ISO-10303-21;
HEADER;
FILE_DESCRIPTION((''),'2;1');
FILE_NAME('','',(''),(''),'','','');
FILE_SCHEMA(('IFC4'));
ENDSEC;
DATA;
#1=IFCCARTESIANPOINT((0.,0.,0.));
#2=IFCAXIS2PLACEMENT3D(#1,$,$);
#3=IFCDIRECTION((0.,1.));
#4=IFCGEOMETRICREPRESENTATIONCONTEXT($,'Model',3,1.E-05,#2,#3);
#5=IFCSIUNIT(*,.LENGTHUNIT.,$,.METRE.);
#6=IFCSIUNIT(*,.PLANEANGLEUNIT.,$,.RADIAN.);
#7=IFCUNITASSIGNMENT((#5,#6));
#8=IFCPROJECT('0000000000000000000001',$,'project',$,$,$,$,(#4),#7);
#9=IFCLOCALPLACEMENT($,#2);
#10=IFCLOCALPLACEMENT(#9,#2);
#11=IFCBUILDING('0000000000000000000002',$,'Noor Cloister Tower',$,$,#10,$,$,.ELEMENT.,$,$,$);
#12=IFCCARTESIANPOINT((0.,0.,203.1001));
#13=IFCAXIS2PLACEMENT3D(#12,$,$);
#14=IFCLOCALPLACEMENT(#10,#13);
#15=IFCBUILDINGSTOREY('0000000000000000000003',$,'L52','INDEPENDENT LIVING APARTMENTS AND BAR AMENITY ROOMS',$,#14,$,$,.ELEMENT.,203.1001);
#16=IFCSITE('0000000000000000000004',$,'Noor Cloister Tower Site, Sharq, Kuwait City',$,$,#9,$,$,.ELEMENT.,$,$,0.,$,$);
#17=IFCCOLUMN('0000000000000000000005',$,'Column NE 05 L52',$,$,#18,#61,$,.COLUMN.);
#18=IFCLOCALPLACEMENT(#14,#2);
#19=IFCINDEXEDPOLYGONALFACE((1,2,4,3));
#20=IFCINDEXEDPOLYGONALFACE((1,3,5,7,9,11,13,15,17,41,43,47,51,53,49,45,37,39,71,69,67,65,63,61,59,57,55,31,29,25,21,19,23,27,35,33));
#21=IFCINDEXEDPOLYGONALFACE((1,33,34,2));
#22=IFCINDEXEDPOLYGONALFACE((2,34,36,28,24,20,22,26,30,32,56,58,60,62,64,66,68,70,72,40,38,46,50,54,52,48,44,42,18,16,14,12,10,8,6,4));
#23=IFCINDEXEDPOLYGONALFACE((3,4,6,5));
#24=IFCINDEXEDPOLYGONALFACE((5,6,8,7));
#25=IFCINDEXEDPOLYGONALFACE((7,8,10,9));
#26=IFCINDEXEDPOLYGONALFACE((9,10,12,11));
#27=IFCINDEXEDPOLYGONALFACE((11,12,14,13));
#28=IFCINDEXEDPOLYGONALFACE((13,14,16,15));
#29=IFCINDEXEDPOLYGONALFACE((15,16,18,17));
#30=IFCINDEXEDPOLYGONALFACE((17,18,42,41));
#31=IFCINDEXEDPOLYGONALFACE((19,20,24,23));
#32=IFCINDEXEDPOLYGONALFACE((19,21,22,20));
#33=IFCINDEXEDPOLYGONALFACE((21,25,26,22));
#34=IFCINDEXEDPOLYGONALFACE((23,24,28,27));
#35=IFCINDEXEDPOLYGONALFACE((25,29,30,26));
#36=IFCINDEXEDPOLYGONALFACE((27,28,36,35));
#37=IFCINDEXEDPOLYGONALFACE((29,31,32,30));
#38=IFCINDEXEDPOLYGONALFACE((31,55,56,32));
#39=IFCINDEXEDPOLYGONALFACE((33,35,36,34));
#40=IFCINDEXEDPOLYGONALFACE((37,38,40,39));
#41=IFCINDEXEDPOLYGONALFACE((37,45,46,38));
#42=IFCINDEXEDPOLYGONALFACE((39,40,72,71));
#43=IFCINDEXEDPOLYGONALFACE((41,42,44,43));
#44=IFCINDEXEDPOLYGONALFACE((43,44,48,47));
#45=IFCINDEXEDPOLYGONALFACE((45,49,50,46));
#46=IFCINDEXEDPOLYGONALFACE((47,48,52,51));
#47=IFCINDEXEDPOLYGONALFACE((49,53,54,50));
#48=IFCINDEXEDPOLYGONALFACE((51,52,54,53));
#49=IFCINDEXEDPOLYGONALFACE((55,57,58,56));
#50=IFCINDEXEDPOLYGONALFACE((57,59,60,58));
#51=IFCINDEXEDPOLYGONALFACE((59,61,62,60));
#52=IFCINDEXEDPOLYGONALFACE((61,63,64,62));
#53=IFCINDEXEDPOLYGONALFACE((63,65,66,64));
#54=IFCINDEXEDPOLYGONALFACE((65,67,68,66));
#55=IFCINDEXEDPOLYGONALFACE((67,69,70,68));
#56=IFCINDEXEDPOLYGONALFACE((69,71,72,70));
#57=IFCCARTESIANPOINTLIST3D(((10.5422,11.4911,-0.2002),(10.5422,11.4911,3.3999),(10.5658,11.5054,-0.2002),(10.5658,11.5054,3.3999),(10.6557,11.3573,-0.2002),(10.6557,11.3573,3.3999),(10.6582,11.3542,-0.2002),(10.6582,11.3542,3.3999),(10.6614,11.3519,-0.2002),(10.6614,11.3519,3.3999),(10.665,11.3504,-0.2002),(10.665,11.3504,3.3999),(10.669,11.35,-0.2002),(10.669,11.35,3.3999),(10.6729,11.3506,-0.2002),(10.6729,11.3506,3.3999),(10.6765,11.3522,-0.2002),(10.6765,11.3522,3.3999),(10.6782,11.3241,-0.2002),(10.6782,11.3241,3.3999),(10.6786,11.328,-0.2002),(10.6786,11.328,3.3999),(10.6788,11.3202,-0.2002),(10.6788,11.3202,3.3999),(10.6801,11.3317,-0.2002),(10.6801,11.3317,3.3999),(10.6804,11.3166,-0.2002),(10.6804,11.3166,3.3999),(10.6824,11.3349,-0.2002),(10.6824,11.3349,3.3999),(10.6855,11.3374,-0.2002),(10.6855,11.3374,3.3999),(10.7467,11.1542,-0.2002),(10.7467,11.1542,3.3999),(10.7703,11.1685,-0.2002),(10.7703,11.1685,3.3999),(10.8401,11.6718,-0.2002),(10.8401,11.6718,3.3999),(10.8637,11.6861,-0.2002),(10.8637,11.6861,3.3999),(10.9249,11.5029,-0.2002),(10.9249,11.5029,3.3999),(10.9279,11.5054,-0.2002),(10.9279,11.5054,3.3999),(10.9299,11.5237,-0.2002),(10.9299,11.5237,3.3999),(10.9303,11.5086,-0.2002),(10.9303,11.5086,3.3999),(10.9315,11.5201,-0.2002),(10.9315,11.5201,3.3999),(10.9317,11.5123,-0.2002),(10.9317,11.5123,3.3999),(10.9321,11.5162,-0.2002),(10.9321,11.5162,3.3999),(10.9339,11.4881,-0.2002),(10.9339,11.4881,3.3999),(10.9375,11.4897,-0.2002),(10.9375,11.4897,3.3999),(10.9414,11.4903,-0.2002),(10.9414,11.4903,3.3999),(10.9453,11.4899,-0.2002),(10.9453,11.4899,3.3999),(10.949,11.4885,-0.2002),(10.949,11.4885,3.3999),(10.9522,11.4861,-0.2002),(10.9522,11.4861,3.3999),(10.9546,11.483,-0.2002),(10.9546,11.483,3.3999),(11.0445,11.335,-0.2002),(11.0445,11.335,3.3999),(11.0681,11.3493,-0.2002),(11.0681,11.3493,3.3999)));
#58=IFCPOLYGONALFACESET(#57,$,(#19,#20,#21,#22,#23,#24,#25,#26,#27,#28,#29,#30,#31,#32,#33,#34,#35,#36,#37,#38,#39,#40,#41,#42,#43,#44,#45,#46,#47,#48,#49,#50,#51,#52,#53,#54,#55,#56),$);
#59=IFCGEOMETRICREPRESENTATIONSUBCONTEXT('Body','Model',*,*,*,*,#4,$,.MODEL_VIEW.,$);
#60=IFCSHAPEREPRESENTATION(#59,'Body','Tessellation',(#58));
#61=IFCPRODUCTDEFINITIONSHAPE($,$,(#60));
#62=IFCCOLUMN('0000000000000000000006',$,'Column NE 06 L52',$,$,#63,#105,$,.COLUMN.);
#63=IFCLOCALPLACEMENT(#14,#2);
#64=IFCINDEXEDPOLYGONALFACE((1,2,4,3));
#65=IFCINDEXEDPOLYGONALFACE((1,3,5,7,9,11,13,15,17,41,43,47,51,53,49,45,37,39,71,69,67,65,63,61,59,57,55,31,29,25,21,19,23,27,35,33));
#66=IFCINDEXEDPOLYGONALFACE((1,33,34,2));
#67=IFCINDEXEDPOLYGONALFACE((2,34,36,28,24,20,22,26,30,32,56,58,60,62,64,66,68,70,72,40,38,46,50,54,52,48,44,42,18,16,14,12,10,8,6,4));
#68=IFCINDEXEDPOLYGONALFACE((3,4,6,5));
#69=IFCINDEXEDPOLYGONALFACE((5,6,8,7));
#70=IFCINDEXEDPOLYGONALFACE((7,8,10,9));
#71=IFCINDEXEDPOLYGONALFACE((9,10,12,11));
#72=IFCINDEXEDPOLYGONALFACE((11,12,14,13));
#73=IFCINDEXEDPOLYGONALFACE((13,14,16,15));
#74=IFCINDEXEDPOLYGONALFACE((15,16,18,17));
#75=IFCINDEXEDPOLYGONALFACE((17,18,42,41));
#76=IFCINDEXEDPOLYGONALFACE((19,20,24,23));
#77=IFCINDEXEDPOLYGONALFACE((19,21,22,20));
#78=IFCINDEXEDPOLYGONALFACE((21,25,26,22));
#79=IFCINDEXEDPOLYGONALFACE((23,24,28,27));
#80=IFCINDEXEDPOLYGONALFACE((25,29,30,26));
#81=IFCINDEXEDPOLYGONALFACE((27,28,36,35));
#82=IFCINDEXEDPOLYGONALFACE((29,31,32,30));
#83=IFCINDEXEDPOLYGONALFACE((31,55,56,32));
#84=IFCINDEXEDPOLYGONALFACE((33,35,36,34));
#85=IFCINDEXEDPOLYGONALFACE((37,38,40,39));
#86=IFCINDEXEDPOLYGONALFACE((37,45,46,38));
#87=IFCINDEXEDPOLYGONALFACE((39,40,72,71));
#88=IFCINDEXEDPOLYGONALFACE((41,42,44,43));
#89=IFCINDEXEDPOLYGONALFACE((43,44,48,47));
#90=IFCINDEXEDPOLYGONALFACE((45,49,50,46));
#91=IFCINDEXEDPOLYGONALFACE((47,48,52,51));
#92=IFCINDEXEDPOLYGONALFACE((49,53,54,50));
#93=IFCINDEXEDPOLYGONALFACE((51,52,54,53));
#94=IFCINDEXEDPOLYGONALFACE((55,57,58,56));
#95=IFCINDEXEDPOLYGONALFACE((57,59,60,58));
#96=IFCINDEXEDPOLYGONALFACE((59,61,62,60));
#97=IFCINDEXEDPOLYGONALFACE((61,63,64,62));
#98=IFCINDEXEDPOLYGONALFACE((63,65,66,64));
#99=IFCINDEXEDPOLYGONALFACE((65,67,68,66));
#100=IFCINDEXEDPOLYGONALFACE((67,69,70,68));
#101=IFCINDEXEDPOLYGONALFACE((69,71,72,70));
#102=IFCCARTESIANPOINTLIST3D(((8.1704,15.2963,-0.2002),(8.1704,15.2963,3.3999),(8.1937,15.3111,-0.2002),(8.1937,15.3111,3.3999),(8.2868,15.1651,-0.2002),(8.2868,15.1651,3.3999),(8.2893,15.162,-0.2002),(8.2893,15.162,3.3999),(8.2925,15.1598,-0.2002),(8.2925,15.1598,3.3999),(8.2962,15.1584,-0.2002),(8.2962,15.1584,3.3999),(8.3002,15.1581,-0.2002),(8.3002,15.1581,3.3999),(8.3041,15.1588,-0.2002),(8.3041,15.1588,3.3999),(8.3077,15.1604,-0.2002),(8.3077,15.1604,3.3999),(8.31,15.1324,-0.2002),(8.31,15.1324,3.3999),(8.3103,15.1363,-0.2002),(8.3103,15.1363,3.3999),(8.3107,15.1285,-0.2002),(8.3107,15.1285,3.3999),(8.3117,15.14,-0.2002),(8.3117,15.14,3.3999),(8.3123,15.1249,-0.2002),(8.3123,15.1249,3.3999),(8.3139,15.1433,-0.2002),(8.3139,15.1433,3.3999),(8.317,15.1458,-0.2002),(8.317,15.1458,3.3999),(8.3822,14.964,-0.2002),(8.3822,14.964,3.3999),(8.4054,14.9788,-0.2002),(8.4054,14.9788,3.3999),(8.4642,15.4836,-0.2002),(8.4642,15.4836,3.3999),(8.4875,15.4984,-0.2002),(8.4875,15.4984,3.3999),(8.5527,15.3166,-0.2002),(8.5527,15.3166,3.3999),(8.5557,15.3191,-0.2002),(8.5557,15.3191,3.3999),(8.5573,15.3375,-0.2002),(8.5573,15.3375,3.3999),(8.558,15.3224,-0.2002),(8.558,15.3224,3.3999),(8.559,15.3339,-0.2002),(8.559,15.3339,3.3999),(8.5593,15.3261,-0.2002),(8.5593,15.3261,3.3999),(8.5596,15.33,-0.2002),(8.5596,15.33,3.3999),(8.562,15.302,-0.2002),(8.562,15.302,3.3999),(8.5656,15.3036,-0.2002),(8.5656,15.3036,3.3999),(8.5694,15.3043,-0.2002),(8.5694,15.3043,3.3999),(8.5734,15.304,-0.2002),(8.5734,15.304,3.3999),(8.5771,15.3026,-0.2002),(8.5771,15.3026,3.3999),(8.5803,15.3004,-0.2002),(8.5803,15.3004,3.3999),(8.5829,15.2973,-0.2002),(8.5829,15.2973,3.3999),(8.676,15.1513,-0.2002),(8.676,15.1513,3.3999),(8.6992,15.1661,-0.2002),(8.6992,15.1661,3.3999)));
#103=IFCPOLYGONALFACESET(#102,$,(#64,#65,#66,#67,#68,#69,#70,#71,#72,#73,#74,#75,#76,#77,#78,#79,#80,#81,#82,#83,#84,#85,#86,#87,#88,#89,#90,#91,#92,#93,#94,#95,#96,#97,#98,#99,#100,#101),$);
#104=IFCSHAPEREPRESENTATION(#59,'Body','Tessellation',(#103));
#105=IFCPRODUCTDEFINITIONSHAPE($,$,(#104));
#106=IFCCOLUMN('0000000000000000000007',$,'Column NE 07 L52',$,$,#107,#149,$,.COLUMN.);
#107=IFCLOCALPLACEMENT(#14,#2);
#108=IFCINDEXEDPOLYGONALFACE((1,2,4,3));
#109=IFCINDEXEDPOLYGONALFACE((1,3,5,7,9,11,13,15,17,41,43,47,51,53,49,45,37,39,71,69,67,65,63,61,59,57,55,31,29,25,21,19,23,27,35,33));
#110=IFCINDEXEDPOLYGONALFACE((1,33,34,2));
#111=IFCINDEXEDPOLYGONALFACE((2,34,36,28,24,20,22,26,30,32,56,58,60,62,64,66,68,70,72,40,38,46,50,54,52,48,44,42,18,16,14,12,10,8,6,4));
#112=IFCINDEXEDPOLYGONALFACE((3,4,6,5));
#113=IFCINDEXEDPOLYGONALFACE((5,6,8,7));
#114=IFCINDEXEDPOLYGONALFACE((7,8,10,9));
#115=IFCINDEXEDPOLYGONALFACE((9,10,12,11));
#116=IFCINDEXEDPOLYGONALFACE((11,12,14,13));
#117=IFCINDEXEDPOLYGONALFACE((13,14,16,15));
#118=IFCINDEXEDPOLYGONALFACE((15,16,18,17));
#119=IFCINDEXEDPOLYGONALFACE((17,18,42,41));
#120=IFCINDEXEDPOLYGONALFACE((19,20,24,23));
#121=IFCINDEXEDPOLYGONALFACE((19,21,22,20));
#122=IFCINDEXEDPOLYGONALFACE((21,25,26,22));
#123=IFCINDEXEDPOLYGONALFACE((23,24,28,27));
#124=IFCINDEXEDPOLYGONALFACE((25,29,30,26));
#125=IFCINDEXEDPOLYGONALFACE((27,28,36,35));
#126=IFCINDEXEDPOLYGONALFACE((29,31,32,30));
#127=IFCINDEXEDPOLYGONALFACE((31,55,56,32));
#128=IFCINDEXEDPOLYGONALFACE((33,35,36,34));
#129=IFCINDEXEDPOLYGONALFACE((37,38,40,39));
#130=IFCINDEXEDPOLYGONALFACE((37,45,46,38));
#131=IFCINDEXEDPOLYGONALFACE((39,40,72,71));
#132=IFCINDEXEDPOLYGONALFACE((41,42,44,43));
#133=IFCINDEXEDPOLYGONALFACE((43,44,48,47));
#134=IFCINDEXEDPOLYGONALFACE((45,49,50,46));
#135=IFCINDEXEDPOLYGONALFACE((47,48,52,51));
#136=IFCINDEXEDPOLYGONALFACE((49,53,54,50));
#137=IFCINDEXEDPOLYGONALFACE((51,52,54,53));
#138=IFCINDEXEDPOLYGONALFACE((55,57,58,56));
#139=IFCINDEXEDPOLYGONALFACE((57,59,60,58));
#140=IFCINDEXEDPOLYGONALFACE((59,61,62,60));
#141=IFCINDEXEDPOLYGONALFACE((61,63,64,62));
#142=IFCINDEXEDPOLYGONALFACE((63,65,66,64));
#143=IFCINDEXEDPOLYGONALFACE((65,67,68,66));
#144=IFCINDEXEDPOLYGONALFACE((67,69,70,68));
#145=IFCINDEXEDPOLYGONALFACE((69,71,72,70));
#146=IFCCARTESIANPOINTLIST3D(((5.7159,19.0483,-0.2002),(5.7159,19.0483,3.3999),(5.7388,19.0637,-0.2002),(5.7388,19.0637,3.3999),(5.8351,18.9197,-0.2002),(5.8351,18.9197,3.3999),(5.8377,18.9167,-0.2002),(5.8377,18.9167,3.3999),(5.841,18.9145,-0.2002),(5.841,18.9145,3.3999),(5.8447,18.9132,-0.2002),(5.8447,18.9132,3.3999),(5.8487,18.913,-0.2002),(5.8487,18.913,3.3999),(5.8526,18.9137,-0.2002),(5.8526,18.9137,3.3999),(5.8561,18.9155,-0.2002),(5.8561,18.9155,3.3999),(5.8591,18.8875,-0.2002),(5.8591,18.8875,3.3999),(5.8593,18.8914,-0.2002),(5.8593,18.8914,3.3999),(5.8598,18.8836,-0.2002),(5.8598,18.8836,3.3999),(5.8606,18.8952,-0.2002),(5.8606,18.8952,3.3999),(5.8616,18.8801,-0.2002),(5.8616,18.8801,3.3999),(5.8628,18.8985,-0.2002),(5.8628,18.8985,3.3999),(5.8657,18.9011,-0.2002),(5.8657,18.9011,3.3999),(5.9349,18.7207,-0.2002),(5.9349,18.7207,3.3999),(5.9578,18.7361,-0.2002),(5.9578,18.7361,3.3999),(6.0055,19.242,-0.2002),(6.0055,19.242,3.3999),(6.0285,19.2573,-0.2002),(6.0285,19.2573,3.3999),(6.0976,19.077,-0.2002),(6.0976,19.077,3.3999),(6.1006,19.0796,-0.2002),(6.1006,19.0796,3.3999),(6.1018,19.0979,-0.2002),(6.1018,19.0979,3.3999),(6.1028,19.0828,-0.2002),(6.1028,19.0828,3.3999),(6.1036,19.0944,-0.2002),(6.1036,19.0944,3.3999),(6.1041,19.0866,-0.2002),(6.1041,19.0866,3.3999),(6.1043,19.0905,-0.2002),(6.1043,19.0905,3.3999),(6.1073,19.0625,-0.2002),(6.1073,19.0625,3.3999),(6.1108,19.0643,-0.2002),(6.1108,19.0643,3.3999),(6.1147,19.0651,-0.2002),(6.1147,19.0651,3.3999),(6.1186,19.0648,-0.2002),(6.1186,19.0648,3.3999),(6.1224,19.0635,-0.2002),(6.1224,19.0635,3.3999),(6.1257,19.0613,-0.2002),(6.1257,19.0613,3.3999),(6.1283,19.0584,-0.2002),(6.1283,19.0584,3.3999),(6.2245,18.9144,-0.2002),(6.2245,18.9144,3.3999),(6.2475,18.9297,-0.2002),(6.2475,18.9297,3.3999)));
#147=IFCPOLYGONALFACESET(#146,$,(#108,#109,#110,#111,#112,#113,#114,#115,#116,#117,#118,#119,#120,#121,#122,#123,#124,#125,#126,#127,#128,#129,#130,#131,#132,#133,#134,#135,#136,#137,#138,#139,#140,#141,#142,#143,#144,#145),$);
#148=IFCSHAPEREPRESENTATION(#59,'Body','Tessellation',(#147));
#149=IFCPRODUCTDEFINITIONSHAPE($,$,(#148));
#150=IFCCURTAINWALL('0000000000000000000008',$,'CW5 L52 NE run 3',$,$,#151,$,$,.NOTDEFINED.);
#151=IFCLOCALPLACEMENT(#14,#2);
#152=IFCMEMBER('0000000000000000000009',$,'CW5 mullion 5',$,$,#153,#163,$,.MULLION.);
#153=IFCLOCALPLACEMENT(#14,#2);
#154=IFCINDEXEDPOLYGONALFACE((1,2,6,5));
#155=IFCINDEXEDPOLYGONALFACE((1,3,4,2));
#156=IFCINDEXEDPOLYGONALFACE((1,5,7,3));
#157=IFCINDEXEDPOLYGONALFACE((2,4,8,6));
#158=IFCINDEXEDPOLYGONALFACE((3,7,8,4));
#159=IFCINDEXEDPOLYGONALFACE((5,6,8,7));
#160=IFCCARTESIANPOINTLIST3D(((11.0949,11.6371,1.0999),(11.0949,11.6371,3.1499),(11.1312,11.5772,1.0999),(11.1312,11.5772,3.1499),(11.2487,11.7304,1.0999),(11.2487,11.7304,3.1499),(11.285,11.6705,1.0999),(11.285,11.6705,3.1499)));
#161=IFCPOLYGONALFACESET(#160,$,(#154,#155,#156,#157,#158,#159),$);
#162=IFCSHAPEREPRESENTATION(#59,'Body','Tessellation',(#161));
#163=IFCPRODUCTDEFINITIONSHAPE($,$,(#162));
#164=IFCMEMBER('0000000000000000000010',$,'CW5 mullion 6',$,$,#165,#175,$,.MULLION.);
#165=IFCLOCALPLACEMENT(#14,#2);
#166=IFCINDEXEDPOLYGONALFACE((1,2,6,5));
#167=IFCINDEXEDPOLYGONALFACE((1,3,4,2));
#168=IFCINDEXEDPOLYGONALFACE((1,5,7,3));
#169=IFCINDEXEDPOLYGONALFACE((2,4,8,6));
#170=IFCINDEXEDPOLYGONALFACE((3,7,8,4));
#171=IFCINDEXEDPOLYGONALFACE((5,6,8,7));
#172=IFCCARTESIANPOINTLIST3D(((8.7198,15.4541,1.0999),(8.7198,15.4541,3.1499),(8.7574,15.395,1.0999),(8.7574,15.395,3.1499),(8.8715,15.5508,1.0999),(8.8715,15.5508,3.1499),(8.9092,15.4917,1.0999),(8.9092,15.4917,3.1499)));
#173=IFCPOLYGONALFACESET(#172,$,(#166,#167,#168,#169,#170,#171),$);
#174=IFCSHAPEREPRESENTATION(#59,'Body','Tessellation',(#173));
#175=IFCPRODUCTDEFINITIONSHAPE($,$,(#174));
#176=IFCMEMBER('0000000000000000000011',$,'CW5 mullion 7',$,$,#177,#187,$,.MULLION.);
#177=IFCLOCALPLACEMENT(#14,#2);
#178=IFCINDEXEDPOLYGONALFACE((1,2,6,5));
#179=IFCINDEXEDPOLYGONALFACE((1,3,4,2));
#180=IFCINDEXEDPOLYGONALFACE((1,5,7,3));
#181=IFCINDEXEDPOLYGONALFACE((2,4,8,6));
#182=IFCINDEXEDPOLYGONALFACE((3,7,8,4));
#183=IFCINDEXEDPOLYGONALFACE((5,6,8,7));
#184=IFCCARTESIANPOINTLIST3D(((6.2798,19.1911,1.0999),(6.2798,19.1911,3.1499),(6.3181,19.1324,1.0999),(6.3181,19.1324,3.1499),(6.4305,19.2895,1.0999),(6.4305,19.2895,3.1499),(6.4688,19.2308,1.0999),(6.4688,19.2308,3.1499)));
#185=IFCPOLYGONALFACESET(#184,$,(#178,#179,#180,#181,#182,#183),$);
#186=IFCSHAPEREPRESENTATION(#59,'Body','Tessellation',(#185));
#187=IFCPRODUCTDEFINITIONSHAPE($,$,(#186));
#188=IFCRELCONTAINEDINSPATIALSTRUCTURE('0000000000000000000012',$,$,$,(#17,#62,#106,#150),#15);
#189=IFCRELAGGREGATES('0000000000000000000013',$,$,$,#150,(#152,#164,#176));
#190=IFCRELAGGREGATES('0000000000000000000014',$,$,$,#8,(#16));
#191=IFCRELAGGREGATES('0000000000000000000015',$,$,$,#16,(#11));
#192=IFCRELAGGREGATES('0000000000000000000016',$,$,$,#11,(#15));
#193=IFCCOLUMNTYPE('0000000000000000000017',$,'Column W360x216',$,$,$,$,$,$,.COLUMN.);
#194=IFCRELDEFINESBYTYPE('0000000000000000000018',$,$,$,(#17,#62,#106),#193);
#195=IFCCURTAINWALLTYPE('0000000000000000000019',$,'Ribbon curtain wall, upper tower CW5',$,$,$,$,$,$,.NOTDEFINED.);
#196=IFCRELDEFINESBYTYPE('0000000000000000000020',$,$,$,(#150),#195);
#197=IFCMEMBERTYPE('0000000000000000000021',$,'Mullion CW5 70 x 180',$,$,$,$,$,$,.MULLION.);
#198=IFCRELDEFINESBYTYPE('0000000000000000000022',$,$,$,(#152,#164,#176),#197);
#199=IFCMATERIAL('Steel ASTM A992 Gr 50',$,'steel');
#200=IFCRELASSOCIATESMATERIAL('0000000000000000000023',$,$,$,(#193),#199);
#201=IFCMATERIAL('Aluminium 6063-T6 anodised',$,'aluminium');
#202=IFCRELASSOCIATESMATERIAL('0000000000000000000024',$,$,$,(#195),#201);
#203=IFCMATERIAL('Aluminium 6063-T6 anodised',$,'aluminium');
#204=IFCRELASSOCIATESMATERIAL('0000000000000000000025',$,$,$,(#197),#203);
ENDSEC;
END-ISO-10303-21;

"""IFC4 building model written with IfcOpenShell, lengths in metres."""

from ifc_helpers import new_model, si_unit, direction, frame, origin, origin_2d, place, context, subcontext, project, spatial, rectangle, i_section, extrude, material, material_profile, profile_set, type_object, element, aggregate, save


model = new_model("IFC4")

# Units and contexts
model_context = context("Model", 3, precision=1e-05, world=origin(), true_north=direction((0.0, 1.0)))
body_context = subcontext(model_context, "Body", "Model", "MODEL_VIEW")
ifc_project = project(units=[si_unit("LENGTHUNIT", "METRE"), si_unit("PLANEANGLEUNIT", "RADIAN")], contexts=[model_context])

# Site, building, storey
site_placement = place(None, origin())
site = spatial("IfcSite", under=ifc_project, at=site_placement, Name="Noor Cloister Tower Site, Sharq, Kuwait City", CompositionType="ELEMENT", RefElevation=0.0)
building_placement = place(site_placement, origin())
building = spatial("IfcBuilding", under=site, at=building_placement, Name="Noor Cloister Tower", CompositionType="ELEMENT")
storey_placement = place(building_placement, frame((0.0, 0.0, 203.1001)))
storey = spatial("IfcBuildingStorey", under=building, at=storey_placement, Name="L52", Description="INDEPENDENT LIVING APARTMENTS AND BAR AMENITY ROOMS", CompositionType="ELEMENT", Elevation=203.1001)

# Columns
ifc_material_1 = material(Name="Steel ASTM A992 Gr 50", Category="steel")
ifc_material_profile_1 = material_profile(ifc_material_1, i_section(OverallWidth=0.394, OverallDepth=0.376, WebThickness=0.0173, FlangeThickness=0.0276, FilletRadius=0.0151, at=origin_2d()), Name="W360x216")
ifc_profile_set_1 = profile_set([ifc_material_profile_1], Name="Steel ASTM A992 Gr 50")
column_type = type_object("IfcColumnType", Name="Column W360x216", PredefinedType="COLUMN", material=ifc_profile_set_1)
for number, where, z_axis, x_axis, name in (
    (1, (10.8052, 11.4202, -0.2002), (0.0, 0.0, 1.0), (-0.518837, 0.854873, 0.0), "Column NE 05 L52"),
    (2, (8.4348, 15.2312, -0.2002), (0.0, 0.0, 1.0), (-0.537426, 0.843311, 0.0), "Column NE 06 L52"),
    (3, (5.9817, 18.989, -0.2002), (0.0, 0.0, 1.0), (-0.555757, 0.831345, 0.0), "Column NE 07 L52"),
):
    element("IfcColumn", number, at=place(storey_placement, frame(where, z_axis=z_axis, x_axis=x_axis)), inside=storey, type_object=column_type, Name=name, PredefinedType="COLUMN", context=body_context, shape_type="SweptSolid", body=[
        extrude(i_section(OverallWidth=0.394, OverallDepth=0.376, WebThickness=0.0173, FlangeThickness=0.0276, FilletRadius=0.0151, at=origin_2d()), origin(), (0.0, 0.0, 1.0), 3.6001),
    ])

# Curtain wall, members
ifc_material_2 = material(Name="Aluminium 6063-T6 anodised", Category="aluminium")
curtain_wall_type = type_object("IfcCurtainWallType", Name="Ribbon curtain wall, upper tower CW5", PredefinedType="NOTDEFINED", material=ifc_material_2)
curtain_wall_placement = place(storey_placement, origin())
curtain_wall = element("IfcCurtainWall", 4, at=curtain_wall_placement, inside=storey, type_object=curtain_wall_type, Name="CW5 L52 NE run 3", PredefinedType="NOTDEFINED")
ifc_material_3 = material(Name="Aluminium 6063-T6 anodised", Category="aluminium")
ifc_material_profile_2 = material_profile(ifc_material_3, rectangle(XDim=0.1799, YDim=0.0701, at=origin_2d()), Name="180 x 70 mullion")
ifc_profile_set_2 = profile_set([ifc_material_profile_2], Name="Aluminium 6063-T6 anodised")
member_type = type_object("IfcMemberType", Name="Mullion CW5 70 x 180", PredefinedType="MULLION", material=ifc_profile_set_2)
member_1_placement = place(storey_placement, frame((11.1899, 11.6538, 1.0999), z_axis=(0.0, 0.0, 1.0), x_axis=(-0.854873, -0.518837, 0.0)))
member_1 = element("IfcMember", 5, at=member_1_placement, type_object=member_type, Name="CW5 mullion 5", PredefinedType="MULLION", context=body_context, shape_type="SweptSolid", body=[
    extrude(rectangle(XDim=0.1799, YDim=0.0701, at=origin_2d()), origin(), (0.0, 0.0, 1.0), 2.05),
])
member_2_placement = place(storey_placement, frame((8.8145, 15.4729, 1.0999), z_axis=(0.0, 0.0, 1.0), x_axis=(-0.843311, -0.537426, 0.0)))
member_2 = element("IfcMember", 6, at=member_2_placement, type_object=member_type, Name="CW5 mullion 6", PredefinedType="MULLION", context=body_context, shape_type="SweptSolid", body=[
    extrude(rectangle(XDim=0.1799, YDim=0.0701, at=origin_2d()), origin(), (0.0, 0.0, 1.0), 2.05),
])
member_3_placement = place(storey_placement, frame((6.3743, 19.2109, 1.0999), z_axis=(0.0, 0.0, 1.0), x_axis=(-0.837378, -0.546624, 0.0)))
member_3 = element("IfcMember", 7, at=member_3_placement, type_object=member_type, Name="CW5 mullion 7", PredefinedType="MULLION", context=body_context, shape_type="SweptSolid", body=[
    extrude(rectangle(XDim=0.1799, YDim=0.0701, at=origin_2d()), origin(), (0.0, 0.0, 1.0), 2.05),
])

aggregate(curtain_wall, [member_1, member_2, member_3])

save(model, "model.ifc")
